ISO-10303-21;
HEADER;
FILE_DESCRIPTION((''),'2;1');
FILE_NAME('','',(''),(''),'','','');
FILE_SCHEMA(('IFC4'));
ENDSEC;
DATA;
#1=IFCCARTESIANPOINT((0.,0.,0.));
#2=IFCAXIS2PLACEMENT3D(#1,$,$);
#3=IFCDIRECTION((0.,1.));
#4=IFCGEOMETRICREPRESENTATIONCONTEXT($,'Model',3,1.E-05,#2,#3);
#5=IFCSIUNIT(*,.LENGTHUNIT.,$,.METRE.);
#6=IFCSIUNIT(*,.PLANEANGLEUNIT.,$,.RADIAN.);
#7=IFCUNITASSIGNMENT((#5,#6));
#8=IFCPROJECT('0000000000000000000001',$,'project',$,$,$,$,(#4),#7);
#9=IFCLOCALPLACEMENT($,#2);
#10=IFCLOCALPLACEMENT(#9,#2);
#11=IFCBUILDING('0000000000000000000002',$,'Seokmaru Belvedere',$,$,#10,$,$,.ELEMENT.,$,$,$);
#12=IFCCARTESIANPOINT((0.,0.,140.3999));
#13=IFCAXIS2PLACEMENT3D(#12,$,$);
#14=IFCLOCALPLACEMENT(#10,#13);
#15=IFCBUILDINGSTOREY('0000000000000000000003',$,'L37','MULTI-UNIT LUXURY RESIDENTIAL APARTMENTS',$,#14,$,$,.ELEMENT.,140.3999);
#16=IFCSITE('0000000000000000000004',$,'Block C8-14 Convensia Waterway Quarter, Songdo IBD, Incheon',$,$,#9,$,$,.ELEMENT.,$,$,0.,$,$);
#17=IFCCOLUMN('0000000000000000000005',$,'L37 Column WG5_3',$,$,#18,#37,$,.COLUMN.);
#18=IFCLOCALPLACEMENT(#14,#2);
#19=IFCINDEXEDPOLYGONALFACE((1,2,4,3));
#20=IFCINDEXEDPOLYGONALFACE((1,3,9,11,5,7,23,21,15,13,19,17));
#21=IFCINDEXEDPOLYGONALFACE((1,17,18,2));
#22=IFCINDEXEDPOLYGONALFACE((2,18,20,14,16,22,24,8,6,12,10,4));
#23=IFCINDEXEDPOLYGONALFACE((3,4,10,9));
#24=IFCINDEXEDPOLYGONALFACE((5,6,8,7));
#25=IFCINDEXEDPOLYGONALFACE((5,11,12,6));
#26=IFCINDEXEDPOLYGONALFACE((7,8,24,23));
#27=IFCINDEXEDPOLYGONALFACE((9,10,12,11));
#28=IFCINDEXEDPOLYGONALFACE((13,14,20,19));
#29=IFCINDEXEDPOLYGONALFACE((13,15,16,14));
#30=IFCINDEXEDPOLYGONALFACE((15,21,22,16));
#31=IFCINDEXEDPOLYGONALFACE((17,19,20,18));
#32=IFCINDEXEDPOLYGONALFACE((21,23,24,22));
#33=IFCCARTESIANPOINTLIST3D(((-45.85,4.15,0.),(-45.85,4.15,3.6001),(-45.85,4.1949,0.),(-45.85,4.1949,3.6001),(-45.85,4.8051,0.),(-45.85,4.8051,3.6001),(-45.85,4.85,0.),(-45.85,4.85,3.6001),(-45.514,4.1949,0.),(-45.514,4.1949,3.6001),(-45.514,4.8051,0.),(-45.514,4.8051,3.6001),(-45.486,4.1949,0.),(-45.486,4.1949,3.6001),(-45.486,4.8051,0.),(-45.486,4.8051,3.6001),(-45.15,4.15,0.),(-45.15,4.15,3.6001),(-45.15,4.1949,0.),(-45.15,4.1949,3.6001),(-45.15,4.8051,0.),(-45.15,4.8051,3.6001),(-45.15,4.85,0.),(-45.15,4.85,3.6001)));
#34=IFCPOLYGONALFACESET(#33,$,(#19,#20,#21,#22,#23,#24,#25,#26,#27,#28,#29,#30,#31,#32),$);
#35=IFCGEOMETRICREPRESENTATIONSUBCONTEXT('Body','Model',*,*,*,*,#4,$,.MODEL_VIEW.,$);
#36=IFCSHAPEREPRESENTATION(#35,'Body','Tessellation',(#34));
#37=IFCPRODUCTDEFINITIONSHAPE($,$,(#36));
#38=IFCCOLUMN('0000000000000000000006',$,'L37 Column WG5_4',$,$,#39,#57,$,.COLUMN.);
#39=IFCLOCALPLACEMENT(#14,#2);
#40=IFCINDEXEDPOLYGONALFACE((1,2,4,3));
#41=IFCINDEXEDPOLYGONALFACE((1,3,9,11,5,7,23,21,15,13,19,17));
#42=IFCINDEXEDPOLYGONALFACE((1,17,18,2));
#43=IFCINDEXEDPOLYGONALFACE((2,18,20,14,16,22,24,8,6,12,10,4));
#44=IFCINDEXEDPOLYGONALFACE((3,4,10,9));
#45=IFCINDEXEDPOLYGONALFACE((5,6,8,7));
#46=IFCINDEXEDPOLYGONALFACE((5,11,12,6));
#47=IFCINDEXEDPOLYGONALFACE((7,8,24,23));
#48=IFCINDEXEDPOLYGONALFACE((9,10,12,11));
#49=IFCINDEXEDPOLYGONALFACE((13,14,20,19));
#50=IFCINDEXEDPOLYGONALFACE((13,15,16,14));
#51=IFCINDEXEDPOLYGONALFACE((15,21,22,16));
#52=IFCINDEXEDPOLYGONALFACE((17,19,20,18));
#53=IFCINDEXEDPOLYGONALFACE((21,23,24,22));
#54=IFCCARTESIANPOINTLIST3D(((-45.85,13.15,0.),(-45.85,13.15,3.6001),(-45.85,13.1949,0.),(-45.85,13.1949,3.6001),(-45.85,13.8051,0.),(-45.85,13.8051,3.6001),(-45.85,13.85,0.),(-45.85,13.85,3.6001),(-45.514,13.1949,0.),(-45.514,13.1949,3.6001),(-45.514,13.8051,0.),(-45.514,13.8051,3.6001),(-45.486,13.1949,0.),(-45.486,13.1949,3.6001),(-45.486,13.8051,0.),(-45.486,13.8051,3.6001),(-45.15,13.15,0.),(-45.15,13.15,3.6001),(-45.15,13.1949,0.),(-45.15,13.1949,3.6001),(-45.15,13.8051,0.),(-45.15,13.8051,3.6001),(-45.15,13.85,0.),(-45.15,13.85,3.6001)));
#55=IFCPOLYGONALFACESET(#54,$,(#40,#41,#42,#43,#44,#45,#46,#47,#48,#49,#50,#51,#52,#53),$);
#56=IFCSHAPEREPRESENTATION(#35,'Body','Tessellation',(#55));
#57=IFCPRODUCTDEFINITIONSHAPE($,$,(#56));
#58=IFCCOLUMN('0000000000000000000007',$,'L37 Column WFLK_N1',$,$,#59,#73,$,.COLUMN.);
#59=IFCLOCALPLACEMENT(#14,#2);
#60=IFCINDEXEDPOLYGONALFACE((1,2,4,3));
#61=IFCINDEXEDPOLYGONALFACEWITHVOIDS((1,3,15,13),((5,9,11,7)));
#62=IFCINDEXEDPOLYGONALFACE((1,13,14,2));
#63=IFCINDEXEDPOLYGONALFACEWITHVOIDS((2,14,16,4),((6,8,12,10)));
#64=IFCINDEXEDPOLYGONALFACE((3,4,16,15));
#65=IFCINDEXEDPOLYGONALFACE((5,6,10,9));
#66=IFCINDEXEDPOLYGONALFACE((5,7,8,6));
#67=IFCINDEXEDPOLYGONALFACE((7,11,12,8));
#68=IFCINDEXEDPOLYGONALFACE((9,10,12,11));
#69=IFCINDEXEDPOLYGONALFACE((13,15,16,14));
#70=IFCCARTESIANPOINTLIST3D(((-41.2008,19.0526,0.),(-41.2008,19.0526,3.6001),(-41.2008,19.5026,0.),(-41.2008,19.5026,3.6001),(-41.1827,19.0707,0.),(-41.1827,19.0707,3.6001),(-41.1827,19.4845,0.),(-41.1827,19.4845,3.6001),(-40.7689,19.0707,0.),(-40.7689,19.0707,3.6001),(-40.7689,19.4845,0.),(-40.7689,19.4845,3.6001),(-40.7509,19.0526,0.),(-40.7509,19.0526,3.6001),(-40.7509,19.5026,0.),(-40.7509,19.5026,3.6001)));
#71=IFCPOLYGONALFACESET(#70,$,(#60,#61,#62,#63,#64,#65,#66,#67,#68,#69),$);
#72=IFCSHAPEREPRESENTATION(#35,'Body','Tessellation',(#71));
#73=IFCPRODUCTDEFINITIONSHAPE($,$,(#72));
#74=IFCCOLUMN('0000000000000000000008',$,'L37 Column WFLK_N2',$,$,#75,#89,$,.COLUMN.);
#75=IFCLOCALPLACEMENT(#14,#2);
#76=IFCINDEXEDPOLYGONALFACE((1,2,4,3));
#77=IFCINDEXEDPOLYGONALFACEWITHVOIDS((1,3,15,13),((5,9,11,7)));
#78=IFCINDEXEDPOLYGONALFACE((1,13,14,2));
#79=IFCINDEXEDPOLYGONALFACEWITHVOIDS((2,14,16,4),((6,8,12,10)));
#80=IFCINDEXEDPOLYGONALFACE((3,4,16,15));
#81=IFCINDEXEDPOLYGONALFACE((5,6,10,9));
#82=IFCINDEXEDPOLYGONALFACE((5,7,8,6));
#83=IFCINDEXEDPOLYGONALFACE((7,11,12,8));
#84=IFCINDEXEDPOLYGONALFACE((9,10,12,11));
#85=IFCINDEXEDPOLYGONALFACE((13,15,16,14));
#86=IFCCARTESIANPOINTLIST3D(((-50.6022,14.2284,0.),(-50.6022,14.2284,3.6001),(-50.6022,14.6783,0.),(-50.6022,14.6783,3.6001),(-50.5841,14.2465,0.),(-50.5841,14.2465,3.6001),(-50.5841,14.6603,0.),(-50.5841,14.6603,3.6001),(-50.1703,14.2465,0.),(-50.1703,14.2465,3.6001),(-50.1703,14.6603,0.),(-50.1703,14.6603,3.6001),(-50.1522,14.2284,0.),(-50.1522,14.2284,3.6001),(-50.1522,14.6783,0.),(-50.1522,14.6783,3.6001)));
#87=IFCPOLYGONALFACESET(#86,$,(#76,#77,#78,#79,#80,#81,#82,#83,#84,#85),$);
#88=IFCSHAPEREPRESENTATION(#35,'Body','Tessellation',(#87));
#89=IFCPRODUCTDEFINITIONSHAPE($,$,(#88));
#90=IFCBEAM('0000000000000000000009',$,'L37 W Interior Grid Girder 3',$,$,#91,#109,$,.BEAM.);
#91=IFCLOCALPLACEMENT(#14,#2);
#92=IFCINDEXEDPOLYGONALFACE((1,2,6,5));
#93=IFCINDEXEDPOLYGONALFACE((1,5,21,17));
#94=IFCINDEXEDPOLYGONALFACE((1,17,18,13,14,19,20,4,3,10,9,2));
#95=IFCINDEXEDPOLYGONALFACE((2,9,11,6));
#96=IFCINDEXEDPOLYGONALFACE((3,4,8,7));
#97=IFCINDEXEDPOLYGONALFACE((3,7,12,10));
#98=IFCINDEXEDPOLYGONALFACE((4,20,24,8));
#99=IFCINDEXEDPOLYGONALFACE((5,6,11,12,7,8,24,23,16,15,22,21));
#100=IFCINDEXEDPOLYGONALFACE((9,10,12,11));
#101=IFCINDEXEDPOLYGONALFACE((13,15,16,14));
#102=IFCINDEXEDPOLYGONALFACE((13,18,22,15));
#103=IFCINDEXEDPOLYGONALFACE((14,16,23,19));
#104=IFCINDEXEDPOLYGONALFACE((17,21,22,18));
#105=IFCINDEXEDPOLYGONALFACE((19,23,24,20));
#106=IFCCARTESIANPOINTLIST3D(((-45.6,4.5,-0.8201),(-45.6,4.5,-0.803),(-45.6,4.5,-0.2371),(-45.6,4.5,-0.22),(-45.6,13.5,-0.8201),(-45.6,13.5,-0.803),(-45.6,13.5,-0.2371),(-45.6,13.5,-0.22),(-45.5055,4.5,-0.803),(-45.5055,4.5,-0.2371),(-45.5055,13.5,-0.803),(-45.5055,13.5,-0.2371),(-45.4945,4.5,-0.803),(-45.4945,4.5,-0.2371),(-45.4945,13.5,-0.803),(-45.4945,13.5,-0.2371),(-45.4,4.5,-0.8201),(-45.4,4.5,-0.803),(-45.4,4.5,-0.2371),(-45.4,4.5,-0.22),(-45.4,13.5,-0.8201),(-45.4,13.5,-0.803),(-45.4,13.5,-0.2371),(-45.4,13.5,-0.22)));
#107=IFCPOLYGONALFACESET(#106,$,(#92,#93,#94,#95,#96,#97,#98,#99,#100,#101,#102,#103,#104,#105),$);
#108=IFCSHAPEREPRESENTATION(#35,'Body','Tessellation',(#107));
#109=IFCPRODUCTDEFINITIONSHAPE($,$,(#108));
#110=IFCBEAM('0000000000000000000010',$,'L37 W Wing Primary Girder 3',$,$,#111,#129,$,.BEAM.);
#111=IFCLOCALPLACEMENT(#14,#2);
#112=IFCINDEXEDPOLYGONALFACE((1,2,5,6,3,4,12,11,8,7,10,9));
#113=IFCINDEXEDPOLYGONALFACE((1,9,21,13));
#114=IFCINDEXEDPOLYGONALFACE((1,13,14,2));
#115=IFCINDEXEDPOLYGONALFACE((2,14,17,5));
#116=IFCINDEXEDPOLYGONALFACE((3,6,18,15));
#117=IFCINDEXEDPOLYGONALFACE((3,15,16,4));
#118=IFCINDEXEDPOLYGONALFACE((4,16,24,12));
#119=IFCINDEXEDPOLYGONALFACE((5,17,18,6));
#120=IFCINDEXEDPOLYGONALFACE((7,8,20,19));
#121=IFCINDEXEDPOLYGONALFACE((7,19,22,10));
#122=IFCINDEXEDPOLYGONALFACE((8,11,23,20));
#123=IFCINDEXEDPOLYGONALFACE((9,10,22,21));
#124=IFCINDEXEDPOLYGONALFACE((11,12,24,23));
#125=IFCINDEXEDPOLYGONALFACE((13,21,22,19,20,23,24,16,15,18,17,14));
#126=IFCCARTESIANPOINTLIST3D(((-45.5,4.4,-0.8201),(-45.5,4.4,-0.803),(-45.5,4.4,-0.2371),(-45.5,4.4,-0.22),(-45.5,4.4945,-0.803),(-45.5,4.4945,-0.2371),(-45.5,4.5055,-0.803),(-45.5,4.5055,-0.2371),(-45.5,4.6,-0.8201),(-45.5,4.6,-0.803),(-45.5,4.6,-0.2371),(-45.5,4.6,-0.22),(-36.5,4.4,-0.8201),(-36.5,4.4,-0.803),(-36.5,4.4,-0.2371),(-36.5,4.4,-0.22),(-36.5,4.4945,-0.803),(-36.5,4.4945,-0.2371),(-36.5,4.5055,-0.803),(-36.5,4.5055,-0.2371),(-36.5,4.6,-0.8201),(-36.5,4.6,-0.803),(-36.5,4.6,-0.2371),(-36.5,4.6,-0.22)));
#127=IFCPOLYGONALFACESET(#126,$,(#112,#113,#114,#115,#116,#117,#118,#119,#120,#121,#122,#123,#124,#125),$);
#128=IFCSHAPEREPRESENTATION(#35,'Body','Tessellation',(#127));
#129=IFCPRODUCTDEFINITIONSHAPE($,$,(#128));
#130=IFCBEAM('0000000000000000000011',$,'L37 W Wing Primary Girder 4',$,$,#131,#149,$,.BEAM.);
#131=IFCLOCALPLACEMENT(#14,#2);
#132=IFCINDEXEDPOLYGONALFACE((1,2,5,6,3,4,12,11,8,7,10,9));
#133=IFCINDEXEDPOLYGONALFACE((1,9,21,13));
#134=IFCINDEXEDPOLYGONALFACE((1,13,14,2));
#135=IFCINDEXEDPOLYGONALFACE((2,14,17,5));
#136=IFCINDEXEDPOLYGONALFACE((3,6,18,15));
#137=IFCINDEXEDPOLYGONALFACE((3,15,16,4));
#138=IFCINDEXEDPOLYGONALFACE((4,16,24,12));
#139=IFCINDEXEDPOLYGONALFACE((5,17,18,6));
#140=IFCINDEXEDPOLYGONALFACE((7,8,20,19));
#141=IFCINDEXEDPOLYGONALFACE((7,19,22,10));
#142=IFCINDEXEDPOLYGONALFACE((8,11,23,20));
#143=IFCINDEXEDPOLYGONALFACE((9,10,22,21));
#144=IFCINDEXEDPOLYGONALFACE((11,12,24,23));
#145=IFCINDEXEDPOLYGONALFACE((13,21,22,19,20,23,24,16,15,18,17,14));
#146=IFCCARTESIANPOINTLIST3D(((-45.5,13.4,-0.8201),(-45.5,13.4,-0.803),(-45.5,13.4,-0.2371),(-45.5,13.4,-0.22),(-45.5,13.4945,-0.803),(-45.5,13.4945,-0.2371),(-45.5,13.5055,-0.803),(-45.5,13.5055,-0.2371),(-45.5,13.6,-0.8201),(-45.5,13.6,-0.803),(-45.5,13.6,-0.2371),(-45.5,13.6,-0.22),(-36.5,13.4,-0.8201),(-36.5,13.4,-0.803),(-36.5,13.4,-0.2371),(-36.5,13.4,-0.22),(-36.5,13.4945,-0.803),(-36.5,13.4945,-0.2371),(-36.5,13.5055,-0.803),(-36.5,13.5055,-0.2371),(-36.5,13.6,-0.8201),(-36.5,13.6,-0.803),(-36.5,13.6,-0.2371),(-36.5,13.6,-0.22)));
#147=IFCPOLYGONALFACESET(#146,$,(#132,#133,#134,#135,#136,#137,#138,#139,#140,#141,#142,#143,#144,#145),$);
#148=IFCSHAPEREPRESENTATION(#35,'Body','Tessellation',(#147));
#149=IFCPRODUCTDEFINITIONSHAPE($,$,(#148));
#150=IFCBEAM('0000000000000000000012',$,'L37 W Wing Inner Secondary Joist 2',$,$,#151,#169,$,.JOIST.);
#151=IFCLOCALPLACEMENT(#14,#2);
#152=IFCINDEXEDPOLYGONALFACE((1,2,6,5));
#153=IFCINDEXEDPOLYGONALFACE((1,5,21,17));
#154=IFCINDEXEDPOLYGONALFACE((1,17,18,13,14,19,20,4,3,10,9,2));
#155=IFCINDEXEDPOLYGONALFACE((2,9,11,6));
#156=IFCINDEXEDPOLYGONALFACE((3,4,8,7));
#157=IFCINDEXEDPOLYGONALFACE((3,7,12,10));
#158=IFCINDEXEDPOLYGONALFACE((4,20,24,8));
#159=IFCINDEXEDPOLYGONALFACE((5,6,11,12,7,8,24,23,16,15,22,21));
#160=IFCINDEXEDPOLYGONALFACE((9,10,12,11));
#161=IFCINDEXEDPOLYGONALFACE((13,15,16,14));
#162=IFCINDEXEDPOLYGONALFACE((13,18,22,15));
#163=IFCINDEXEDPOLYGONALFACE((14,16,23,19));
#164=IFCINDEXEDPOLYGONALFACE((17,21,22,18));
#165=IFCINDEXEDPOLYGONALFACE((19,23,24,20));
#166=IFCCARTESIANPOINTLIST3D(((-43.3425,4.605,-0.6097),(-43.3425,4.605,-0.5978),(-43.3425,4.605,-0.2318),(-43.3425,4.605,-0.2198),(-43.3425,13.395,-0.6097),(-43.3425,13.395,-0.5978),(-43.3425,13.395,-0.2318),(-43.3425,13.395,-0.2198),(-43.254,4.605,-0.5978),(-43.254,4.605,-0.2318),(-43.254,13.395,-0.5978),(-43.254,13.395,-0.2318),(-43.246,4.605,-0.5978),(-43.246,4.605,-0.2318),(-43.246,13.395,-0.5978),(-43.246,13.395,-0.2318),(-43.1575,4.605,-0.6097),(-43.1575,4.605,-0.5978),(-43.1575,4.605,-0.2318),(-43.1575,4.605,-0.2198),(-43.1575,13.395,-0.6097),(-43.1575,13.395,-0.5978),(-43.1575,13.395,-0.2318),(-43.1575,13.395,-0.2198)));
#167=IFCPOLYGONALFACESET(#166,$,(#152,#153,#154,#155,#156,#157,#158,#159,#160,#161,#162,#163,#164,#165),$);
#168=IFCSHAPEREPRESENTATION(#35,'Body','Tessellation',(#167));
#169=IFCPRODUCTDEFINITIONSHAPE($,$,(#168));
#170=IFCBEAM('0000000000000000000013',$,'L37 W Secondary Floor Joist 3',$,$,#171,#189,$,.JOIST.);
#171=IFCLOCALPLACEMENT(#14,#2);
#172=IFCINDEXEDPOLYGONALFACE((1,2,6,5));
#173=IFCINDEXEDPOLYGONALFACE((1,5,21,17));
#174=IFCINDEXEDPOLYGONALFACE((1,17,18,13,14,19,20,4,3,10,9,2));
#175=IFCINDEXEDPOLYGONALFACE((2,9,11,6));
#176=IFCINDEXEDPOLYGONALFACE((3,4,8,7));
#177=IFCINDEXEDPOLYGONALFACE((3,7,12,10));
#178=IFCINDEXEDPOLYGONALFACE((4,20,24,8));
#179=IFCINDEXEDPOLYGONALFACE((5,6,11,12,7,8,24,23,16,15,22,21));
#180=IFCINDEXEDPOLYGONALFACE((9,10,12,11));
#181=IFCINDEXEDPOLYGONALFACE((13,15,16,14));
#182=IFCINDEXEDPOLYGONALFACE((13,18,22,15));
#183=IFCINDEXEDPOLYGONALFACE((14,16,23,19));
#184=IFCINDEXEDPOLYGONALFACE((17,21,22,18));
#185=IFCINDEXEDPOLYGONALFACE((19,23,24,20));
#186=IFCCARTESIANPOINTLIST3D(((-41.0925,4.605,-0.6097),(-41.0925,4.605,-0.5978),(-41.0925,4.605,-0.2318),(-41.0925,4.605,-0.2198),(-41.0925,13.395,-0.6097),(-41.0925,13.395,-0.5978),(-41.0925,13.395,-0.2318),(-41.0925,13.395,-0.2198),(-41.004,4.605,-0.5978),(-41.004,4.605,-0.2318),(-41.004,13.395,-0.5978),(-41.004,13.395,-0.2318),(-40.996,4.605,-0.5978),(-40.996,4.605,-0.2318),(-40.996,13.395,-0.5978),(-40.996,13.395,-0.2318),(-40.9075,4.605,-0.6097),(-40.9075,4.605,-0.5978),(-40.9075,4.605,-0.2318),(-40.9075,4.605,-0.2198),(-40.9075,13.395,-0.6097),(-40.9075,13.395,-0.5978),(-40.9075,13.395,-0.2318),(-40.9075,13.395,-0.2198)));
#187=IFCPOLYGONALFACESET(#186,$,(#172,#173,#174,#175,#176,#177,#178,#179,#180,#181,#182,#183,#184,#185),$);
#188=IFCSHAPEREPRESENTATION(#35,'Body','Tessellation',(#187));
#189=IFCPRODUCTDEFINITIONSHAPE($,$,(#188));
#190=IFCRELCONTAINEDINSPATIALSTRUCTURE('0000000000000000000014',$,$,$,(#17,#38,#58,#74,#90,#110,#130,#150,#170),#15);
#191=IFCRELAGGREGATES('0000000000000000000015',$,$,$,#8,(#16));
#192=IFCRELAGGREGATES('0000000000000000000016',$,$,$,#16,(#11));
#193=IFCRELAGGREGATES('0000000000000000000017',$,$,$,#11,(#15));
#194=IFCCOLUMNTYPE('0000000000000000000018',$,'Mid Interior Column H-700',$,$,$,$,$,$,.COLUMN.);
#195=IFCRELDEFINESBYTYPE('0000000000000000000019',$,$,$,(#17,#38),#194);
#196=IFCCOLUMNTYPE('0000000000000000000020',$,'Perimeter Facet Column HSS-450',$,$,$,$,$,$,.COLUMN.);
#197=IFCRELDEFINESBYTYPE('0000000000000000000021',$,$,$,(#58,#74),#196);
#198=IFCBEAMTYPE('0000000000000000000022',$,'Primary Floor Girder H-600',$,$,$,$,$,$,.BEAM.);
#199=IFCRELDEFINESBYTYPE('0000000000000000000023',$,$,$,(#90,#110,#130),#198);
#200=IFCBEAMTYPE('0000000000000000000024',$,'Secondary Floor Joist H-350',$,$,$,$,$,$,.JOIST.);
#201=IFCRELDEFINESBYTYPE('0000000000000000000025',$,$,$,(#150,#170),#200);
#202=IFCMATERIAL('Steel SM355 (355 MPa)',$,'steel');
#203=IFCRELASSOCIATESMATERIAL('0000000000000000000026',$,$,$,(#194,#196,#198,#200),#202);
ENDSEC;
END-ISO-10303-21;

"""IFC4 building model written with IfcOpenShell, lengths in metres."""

from ifc_helpers import new_model, si_unit, direction, frame, origin, origin_2d, place, context, subcontext, project, spatial, hollow_rectangle, i_section, extrude, source, transform, mapped, material, material_profile, profile_set, type_object, type_shapes, element, save


model = new_model("IFC4")

# Units and contexts
model_context = context("Model", 3, precision=1e-05, world=origin(), true_north=direction((0.0, 1.0)))
body_context = subcontext(model_context, "Body", "Model", "MODEL_VIEW")
ifc_project = project(units=[si_unit("LENGTHUNIT", "METRE"), si_unit("PLANEANGLEUNIT", "RADIAN")], contexts=[model_context])

# Site, building, storey
site_placement = place(None, origin())
site = spatial("IfcSite", under=ifc_project, at=site_placement, Name="Block C8-14 Convensia Waterway Quarter, Songdo IBD, Incheon", CompositionType="ELEMENT", RefElevation=0.0)
building_placement = place(site_placement, origin())
building = spatial("IfcBuilding", under=site, at=building_placement, Name="Seokmaru Belvedere", CompositionType="ELEMENT")
storey_placement = place(building_placement, frame((0.0, 0.0, 140.3999)))
storey = spatial("IfcBuildingStorey", under=building, at=storey_placement, Name="L37", Description="MULTI-UNIT LUXURY RESIDENTIAL APARTMENTS", CompositionType="ELEMENT", Elevation=140.3999)

# Columns
ifc_material_1 = material(Name="Steel SM355 (355 MPa)", Category="steel")
ifc_material_profile_1 = material_profile(ifc_material_1, i_section(OverallWidth=0.7, OverallDepth=0.7, WebThickness=0.0281, FlangeThickness=0.0449, at=origin_2d()), Name="H-700x700x28x45")
ifc_profile_set_1 = profile_set([ifc_material_profile_1], Name="Steel SM355 (355 MPa)")
column_type_1 = type_object("IfcColumnType", Name="Mid Interior Column H-700", PredefinedType="COLUMN", material=ifc_profile_set_1)
shared_shape_1 = source(origin(), body_context, "Body", "SweptSolid", [
    extrude(i_section(OverallWidth=0.7, OverallDepth=0.7, WebThickness=0.0281, FlangeThickness=0.0449, at=origin_2d()), origin(), (0.0, 0.0, 1.0), 3.6001),
])
type_shapes(column_type_1, [shared_shape_1])
for number, where, z_axis, x_axis, name in (
    (1, (-45.5, 4.5, 0.0), (0.0, 0.0, 1.0), (1.0, 0.0, 0.0), "L37 Column WG5_3"),
    (2, (-45.5, 13.5, 0.0), (0.0, 0.0, 1.0), (1.0, 0.0, 0.0), "L37 Column WG5_4"),
):
    element("IfcColumn", number, at=place(storey_placement, frame(where, z_axis=z_axis, x_axis=x_axis)), inside=storey, type_object=column_type_1, Name=name, PredefinedType="COLUMN", context=body_context, shape_type="MappedRepresentation", body=[
        mapped(shared_shape_1, transform((0.0, 0.0, 0.0), scale=1.0)),
    ])
ifc_material_profile_2 = material_profile(ifc_material_1, hollow_rectangle(XDim=0.45, YDim=0.45, WallThickness=0.0181, at=origin_2d()), Name="HSS-450x450x18")
ifc_profile_set_2 = profile_set([ifc_material_profile_2], Name="Steel SM355 (355 MPa)")
column_type_2 = type_object("IfcColumnType", Name="Perimeter Facet Column HSS-450", PredefinedType="COLUMN", material=ifc_profile_set_2)
shared_shape_2 = source(origin(), body_context, "Body", "SweptSolid", [
    extrude(hollow_rectangle(XDim=0.45, YDim=0.45, WallThickness=0.0181, at=origin_2d()), origin(), (0.0, 0.0, 1.0), 3.6001),
])
type_shapes(column_type_2, [shared_shape_2])
for number, where, z_axis, x_axis, name in (
    (3, (-40.9758, 19.2776, 0.0), (0.0, 0.0, 1.0), (1.0, 0.0, 0.0), "L37 Column WFLK_N1"),
    (4, (-50.3772, 14.4534, 0.0), (0.0, 0.0, 1.0), (1.0, 0.0, 0.0), "L37 Column WFLK_N2"),
):
    element("IfcColumn", number, at=place(storey_placement, frame(where, z_axis=z_axis, x_axis=x_axis)), inside=storey, type_object=column_type_2, Name=name, PredefinedType="COLUMN", context=body_context, shape_type="MappedRepresentation", body=[
        mapped(shared_shape_2, transform((0.0, 0.0, 0.0), scale=1.0)),
    ])

# Beams
ifc_material_profile_3 = material_profile(ifc_material_1, i_section(OverallWidth=0.2, OverallDepth=0.6001, WebThickness=0.011, FlangeThickness=0.0171, at=origin_2d()), Name="H-600x200x11x17")
ifc_profile_set_3 = profile_set([ifc_material_profile_3], Name="Steel SM355 (355 MPa)")
beam_type_1 = type_object("IfcBeamType", Name="Primary Floor Girder H-600", PredefinedType="BEAM", material=ifc_profile_set_3)
shared_shape_3 = source(origin(), body_context, "Body", "SweptSolid", [
    extrude(i_section(OverallWidth=0.2, OverallDepth=0.6001, WebThickness=0.011, FlangeThickness=0.0171, at=origin_2d()), origin(), (0.0, 0.0, 1.0), 9.0),
])
for number, where, z_axis, x_axis, name in (
    (5, (-45.5, 4.5, -0.52), (0.0, 1.0, 0.0), (-1.0, 0.0, 0.0), "L37 W Interior Grid Girder 3"),
    (6, (-45.5, 4.5, -0.52), (1.0, 0.0, 0.0), (0.0, 1.0, 0.0), "L37 W Wing Primary Girder 3"),
    (7, (-45.5, 13.5, -0.52), (1.0, 0.0, 0.0), (0.0, 1.0, 0.0), "L37 W Wing Primary Girder 4"),
):
    element("IfcBeam", number, at=place(storey_placement, frame(where, z_axis=z_axis, x_axis=x_axis)), inside=storey, type_object=beam_type_1, Name=name, PredefinedType="BEAM", context=body_context, shape_type="MappedRepresentation", body=[
        mapped(shared_shape_3, transform((0.0, 0.0, 0.0), scale=1.0)),
    ])
ifc_material_profile_4 = material_profile(ifc_material_1, i_section(OverallWidth=0.1851, OverallDepth=0.3899, WebThickness=0.0081, FlangeThickness=0.012, at=origin_2d()), Name="H-390x185x8x12")
ifc_profile_set_4 = profile_set([ifc_material_profile_4], Name="Steel SM355 (355 MPa)")
beam_type_2 = type_object("IfcBeamType", Name="Secondary Floor Joist H-350", PredefinedType="JOIST", material=ifc_profile_set_4)
shared_shape_4 = source(origin(), body_context, "Body", "SweptSolid", [
    extrude(i_section(OverallWidth=0.1851, OverallDepth=0.3899, WebThickness=0.0081, FlangeThickness=0.012, at=origin_2d()), origin(), (0.0, 0.0, 1.0), 8.79),
])
type_shapes(beam_type_2, [shared_shape_4])
for number, where, z_axis, x_axis, name in (
    (8, (-43.25, 4.605, -0.4148), (0.0, 1.0, 0.0), (-1.0, 0.0, 0.0), "L37 W Wing Inner Secondary Joist 2"),
    (9, (-41.0, 4.605, -0.4148), (0.0, 1.0, 0.0), (-1.0, 0.0, 0.0), "L37 W Secondary Floor Joist 3"),
):
    element("IfcBeam", number, at=place(storey_placement, frame(where, z_axis=z_axis, x_axis=x_axis)), inside=storey, type_object=beam_type_2, Name=name, PredefinedType="JOIST", context=body_context, shape_type="MappedRepresentation", body=[
        mapped(shared_shape_4, transform((0.0, 0.0, 0.0), scale=1.0)),
    ])

save(model, "model.ifc")
